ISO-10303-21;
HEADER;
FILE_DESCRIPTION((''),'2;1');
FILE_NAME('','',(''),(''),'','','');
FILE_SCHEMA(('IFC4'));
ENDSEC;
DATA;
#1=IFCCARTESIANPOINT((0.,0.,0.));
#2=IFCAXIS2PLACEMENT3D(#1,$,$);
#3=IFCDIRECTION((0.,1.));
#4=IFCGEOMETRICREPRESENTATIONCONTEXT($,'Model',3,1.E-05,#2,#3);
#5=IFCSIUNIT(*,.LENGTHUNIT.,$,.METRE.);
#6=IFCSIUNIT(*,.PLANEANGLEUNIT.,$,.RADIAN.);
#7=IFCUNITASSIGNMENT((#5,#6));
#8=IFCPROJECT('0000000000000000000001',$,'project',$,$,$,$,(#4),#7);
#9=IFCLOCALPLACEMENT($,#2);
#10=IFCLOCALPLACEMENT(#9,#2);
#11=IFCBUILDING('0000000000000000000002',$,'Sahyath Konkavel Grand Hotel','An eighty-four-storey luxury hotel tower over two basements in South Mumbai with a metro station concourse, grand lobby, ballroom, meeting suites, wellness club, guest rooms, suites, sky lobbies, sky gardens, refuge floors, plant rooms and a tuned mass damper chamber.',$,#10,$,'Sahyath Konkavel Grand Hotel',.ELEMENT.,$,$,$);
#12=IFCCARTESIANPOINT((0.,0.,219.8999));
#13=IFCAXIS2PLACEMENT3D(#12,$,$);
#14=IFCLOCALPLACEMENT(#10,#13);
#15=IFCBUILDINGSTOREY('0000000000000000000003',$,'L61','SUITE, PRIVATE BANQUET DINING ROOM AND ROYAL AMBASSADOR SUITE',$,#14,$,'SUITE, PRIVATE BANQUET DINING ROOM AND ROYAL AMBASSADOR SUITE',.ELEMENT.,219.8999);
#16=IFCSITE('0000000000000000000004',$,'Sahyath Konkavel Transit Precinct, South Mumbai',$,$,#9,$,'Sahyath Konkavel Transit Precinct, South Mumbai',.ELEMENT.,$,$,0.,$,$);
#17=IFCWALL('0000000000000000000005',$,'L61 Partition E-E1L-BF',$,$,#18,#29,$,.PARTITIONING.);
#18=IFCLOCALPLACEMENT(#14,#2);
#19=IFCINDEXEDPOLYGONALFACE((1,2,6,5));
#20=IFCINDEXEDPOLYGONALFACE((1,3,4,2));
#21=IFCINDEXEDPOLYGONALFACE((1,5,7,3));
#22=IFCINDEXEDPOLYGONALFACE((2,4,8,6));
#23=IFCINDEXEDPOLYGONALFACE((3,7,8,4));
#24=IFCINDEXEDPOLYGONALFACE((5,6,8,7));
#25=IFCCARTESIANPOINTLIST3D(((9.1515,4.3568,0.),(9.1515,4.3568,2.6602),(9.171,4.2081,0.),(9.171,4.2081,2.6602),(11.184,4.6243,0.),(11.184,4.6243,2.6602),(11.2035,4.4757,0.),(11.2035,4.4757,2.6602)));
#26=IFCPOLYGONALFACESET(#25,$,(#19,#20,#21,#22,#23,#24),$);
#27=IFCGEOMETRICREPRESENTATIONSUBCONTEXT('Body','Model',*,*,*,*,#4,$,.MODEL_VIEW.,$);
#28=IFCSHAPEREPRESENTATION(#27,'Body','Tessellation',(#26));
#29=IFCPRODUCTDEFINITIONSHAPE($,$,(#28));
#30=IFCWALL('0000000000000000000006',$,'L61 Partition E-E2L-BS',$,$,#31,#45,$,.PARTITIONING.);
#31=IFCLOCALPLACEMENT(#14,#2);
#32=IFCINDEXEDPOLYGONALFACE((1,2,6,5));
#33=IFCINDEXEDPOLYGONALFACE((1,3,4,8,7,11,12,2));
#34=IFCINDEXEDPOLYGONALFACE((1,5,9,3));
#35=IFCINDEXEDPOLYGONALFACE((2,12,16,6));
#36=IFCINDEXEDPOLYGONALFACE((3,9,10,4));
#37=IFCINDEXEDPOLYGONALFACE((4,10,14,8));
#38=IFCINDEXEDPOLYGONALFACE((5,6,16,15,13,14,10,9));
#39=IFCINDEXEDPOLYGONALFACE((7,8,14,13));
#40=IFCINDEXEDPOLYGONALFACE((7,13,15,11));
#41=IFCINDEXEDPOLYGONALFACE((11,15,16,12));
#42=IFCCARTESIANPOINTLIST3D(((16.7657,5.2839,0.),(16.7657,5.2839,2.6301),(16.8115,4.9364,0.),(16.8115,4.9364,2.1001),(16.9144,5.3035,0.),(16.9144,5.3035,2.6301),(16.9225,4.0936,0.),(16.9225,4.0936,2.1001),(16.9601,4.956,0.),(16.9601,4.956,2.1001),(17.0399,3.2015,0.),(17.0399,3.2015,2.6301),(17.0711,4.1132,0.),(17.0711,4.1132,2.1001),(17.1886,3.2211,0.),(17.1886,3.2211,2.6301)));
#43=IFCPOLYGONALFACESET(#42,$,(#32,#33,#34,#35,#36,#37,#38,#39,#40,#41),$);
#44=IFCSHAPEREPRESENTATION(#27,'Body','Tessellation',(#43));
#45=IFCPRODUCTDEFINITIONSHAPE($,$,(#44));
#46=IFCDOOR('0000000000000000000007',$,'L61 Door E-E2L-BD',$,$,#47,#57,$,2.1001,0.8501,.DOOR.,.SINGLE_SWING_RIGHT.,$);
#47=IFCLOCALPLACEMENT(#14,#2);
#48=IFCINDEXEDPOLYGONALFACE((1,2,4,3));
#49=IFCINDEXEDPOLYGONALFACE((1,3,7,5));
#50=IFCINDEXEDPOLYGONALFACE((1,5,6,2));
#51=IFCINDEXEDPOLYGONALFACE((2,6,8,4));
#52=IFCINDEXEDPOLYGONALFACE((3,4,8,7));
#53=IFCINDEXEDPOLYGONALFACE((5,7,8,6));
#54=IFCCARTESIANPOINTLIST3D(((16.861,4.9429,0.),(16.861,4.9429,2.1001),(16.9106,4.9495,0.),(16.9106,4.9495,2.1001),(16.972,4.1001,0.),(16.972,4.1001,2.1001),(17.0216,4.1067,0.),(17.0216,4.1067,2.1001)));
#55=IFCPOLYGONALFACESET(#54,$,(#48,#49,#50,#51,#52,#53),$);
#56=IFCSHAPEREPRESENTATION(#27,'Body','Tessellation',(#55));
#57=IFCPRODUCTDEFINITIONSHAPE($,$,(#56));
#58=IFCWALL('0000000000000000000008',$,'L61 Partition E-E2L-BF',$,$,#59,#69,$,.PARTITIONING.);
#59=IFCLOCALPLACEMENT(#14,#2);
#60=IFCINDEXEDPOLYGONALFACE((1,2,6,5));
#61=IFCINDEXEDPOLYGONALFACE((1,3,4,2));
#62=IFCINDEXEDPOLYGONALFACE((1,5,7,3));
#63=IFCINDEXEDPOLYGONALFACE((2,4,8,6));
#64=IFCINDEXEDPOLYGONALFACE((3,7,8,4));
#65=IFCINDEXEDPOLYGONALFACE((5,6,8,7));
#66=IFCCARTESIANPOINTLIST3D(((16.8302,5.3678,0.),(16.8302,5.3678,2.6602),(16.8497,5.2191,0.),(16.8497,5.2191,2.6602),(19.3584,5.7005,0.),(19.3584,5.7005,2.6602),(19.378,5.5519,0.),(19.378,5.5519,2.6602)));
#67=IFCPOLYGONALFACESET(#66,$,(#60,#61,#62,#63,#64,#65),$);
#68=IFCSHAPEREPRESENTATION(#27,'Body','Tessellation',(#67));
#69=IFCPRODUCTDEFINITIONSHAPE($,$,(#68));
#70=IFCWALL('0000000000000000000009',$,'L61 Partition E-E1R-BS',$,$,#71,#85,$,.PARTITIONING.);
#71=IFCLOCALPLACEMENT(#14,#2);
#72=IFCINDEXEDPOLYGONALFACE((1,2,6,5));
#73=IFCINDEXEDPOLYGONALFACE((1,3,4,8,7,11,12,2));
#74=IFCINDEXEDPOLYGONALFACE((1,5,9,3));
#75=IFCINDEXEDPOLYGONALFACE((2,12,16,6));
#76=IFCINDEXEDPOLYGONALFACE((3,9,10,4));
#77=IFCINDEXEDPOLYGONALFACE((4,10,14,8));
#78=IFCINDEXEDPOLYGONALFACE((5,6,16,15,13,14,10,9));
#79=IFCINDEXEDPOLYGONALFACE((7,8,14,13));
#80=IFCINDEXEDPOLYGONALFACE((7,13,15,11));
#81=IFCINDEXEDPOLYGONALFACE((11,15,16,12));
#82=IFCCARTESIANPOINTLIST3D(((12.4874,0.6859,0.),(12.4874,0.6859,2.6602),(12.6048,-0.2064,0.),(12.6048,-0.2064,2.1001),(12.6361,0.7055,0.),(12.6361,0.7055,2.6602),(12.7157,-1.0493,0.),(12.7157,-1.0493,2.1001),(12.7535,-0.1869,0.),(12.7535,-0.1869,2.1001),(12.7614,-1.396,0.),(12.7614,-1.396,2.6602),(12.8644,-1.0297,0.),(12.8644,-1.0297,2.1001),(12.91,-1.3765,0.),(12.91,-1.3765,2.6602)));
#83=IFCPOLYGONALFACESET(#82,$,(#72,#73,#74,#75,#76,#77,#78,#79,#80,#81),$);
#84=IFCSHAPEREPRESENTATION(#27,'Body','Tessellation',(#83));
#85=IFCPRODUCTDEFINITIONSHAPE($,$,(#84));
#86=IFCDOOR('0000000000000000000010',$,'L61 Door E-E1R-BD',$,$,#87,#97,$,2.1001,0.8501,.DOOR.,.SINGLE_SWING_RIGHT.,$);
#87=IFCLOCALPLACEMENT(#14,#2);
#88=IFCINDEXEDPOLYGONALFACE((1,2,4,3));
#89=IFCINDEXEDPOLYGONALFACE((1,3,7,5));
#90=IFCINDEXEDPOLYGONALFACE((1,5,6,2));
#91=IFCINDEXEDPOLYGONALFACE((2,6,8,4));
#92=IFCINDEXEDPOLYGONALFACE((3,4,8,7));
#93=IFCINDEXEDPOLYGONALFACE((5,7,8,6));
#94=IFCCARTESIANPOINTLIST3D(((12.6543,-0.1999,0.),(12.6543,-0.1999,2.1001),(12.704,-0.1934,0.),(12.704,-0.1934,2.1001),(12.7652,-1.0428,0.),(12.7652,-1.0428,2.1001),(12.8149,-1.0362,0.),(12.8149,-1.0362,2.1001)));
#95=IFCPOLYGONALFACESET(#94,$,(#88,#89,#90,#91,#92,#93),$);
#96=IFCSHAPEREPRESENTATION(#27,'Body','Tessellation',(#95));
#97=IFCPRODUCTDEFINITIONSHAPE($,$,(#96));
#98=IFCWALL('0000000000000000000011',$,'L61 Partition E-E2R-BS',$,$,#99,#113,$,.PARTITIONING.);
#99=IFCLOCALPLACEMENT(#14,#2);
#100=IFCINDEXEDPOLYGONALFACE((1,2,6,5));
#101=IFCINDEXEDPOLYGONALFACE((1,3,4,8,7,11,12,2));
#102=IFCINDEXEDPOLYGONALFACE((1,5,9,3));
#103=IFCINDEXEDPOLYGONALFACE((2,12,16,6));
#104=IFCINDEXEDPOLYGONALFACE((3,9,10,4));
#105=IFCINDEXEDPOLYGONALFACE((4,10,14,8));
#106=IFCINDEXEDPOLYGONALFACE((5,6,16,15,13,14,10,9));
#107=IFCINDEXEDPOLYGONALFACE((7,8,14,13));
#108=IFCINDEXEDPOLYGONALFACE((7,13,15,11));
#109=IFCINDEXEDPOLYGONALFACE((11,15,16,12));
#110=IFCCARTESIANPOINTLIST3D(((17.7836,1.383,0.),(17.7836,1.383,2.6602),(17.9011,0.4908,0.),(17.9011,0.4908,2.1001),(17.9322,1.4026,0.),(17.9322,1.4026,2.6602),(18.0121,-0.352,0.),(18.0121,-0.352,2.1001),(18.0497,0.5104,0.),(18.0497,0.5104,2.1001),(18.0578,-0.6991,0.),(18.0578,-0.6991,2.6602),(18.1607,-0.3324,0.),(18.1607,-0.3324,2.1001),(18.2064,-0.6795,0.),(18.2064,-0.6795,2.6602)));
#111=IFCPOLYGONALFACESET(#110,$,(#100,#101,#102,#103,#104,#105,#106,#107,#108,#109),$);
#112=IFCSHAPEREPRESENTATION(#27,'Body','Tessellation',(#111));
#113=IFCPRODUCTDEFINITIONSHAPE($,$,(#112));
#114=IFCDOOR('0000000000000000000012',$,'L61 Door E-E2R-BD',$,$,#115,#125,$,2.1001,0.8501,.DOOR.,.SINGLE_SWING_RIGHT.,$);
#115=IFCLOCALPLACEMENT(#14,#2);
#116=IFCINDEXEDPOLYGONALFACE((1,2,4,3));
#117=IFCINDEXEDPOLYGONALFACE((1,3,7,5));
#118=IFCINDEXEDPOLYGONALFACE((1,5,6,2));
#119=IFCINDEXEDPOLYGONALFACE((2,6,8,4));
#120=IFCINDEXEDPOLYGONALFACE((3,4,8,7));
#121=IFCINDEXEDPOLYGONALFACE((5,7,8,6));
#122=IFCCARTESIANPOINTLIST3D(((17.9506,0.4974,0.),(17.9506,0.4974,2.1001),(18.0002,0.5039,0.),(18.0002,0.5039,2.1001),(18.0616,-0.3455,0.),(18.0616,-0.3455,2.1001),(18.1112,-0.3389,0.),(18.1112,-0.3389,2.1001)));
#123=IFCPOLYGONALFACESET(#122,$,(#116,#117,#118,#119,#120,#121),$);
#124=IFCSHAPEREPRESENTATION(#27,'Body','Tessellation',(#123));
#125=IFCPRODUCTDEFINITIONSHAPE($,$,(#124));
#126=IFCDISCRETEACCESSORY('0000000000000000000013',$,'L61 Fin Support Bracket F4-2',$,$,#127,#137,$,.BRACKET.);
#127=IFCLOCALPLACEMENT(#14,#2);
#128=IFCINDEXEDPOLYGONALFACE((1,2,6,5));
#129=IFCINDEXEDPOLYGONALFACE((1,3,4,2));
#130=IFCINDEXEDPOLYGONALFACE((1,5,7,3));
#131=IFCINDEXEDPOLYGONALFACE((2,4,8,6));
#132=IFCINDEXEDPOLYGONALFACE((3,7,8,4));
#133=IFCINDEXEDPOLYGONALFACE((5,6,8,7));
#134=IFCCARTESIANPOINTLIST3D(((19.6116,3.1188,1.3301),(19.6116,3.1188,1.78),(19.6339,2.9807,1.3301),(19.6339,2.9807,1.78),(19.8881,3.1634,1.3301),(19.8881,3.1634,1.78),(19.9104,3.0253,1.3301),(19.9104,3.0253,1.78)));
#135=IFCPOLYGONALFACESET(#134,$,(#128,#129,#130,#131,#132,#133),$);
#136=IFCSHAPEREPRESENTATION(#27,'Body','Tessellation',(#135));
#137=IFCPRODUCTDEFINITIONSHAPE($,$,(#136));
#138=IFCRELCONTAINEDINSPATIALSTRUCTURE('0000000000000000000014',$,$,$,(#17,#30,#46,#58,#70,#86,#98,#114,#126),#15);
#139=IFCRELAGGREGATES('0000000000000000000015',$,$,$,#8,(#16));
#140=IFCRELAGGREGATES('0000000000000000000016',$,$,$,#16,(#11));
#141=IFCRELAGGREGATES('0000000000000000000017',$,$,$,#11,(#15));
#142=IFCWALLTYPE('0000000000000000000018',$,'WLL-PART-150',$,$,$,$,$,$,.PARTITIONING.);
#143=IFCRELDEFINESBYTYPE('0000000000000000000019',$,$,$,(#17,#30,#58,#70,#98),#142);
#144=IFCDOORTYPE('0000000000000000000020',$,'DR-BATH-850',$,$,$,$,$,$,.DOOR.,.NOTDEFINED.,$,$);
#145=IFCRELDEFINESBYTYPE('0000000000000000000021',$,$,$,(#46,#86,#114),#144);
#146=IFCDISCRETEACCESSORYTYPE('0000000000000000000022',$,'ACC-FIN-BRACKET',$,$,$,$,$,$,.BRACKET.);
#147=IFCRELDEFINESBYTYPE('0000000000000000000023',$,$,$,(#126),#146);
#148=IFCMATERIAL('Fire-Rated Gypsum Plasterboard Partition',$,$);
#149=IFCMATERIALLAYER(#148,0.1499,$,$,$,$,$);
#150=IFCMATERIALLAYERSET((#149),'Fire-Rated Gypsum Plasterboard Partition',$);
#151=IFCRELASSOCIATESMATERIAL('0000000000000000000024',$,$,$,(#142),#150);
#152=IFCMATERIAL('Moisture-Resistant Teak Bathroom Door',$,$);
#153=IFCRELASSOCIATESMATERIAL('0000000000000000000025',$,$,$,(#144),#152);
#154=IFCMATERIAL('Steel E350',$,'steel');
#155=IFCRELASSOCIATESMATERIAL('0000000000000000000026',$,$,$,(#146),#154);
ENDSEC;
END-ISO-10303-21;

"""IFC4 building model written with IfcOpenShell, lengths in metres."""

from ifc_helpers import new_model, si_unit, direction, frame, frame_2d, origin, origin_2d, place, context, subcontext, project, spatial, rectangle, extrude, source, transform, mapped, material, layer, layer_set, type_object, element, fill, save


model = new_model("IFC4")

# Units and contexts
model_context = context("Model", 3, precision=1e-05, world=origin(), true_north=direction((0.0, 1.0)))
body_context = subcontext(model_context, "Body", "Model", "MODEL_VIEW")
ifc_project = project(units=[si_unit("LENGTHUNIT", "METRE"), si_unit("PLANEANGLEUNIT", "RADIAN")], contexts=[model_context])

# Site, building, storey
site_placement = place(None, origin())
site = spatial("IfcSite", under=ifc_project, at=site_placement, Name="Sahyath Konkavel Transit Precinct, South Mumbai", LongName="Sahyath Konkavel Transit Precinct, South Mumbai", CompositionType="ELEMENT", RefElevation=0.0)
building_placement = place(site_placement, origin())
building = spatial("IfcBuilding", under=site, at=building_placement, Name="Sahyath Konkavel Grand Hotel", Description="An eighty-four-storey luxury hotel tower over two basements in South Mumbai with a metro station concourse, grand lobby, ballroom, meeting suites, wellness club, guest rooms, suites, sky lobbies, sky gardens, refuge floors, plant rooms and a tuned mass damper chamber.", LongName="Sahyath Konkavel Grand Hotel", CompositionType="ELEMENT")
storey_placement = place(building_placement, frame((0.0, 0.0, 219.8999)))
storey = spatial("IfcBuildingStorey", under=building, at=storey_placement, Name="L61", Description="SUITE, PRIVATE BANQUET DINING ROOM AND ROYAL AMBASSADOR SUITE", LongName="SUITE, PRIVATE BANQUET DINING ROOM AND ROYAL AMBASSADOR SUITE", CompositionType="ELEMENT", Elevation=219.8999)

# Shared definitions
ifc_material_1 = material(Name="Steel E350", Category="steel")

# Shared definitions
ifc_material_2 = material(Name="Fire-Rated Gypsum Plasterboard Partition")
ifc_layer_1 = layer(ifc_material_2, 0.1499)
ifc_layer_set_1 = layer_set([ifc_layer_1], Name="Fire-Rated Gypsum Plasterboard Partition")
wall_type_1 = type_object("IfcWallType", Name="WLL-PART-150", PredefinedType="PARTITIONING", material=ifc_layer_set_1)
ifc_material_3 = material(Name="Moisture-Resistant Teak Bathroom Door")
door_type = type_object("IfcDoorType", Name="DR-BATH-850", OperationType="NOTDEFINED", PredefinedType="DOOR", material=ifc_material_3)
shared_shape_1 = source(origin(), body_context, "Body", "SweptSolid", [
    extrude(rectangle(XDim=0.8501, YDim=0.05, at=origin_2d()), origin(), (0.0, 0.0, 1.0), 2.1001),
])

# Wall
wall_1_placement = place(storey_placement, frame((9.1614, 4.2825, 0.0), z_axis=(0.0, 0.0, 1.0), x_axis=(0.991445, 0.130525, 0.0)))
element("IfcWall", 1, at=wall_1_placement, inside=storey, type_object=wall_type_1, Name="L61 Partition E-E1L-BF", PredefinedType="PARTITIONING", context=body_context, shape_type="SweptSolid", body=[
    extrude(rectangle(XDim=2.05, YDim=0.1499, at=frame_2d((1.0249, 0.0))), origin(), (0.0, 0.0, 1.0), 2.6602),
])

# Wall, opening, door
wall_2_placement = place(storey_placement, frame((17.1143, 3.2112, 0.0), z_axis=(0.0, 0.0, 1.0), x_axis=(-0.130542, 0.991443, 0.0)))
wall_2 = element("IfcWall", 2, at=wall_2_placement, inside=storey, type_object=wall_type_1, Name="L61 Partition E-E2L-BS", PredefinedType="PARTITIONING", context=body_context, shape_type="SweptSolid", body=[
    extrude(rectangle(XDim=2.1003, YDim=0.1499, at=frame_2d((1.0503, 0.0))), origin(), (0.0, 0.0, 1.0), 2.6301),
])
opening_1_placement = place(wall_2_placement, frame((0.8999, 0.0, 0.0)))
opening_1 = element("IfcOpeningElement", 3, at=opening_1_placement, cuts=wall_2, PredefinedType="OPENING", context=body_context, shape_type="SweptSolid", body=[
    extrude(rectangle(XDim=0.8501, YDim=2.1001, at=frame_2d((0.425, 1.05))), frame((0.0, 0.085, 0.0), z_axis=(0.0, -1.0, 0.0), x_axis=(1.0, 0.0, 0.0)), (0.0, 0.0, 1.0), 0.1699),
])
door_1_placement = place(opening_1_placement, frame((0.425, 0.0, 0.0)))
door_1 = element("IfcDoor", 4, at=door_1_placement, inside=storey, type_object=door_type, Name="L61 Door E-E2L-BD", OperationType="SINGLE_SWING_RIGHT", OverallHeight=2.1001, OverallWidth=0.8501, PredefinedType="DOOR", context=body_context, shape_type="MappedRepresentation", body=[
    mapped(shared_shape_1, transform((0.0, 0.0, 0.0), scale=1.0)),
])
fill(opening_1, door_1)

# Wall
wall_3_placement = place(storey_placement, frame((16.8401, 5.2935, 0.0), z_axis=(0.0, 0.0, 1.0), x_axis=(0.99145, 0.130489, 0.0)))
element("IfcWall", 5, at=wall_3_placement, inside=storey, type_object=wall_type_1, Name="L61 Partition E-E2L-BF", PredefinedType="PARTITIONING", context=body_context, shape_type="SweptSolid", body=[
    extrude(rectangle(XDim=2.55, YDim=0.1499, at=frame_2d((1.2749, 0.0))), origin(), (0.0, 0.0, 1.0), 2.6602),
])

# Walls, openings, doors
wall_4_placement = place(storey_placement, frame((12.5618, 0.6956, 0.0), z_axis=(0.0, 0.0, 1.0), x_axis=(0.130442, -0.991456, 0.0)))
wall_4 = element("IfcWall", 6, at=wall_4_placement, inside=storey, type_object=wall_type_1, Name="L61 Partition E-E1R-BS", PredefinedType="PARTITIONING", context=body_context, shape_type="SweptSolid", body=[
    extrude(rectangle(XDim=2.0999, YDim=0.1499, at=frame_2d((1.0498, 0.0))), origin(), (0.0, 0.0, 1.0), 2.6602),
])
opening_2_placement = place(wall_4_placement, frame((0.8999, 0.0, 0.0)))
opening_2 = element("IfcOpeningElement", 7, at=opening_2_placement, cuts=wall_4, PredefinedType="OPENING", context=body_context, shape_type="SweptSolid", body=[
    extrude(rectangle(XDim=0.8501, YDim=2.1001, at=frame_2d((0.425, 1.05))), frame((0.0, 0.085, 0.0), z_axis=(0.0, -1.0, 0.0), x_axis=(1.0, 0.0, 0.0)), (0.0, 0.0, 1.0), 0.1699),
])
door_2_placement = place(opening_2_placement, frame((0.425, 0.0, 0.0)))
door_2 = element("IfcDoor", 8, at=door_2_placement, inside=storey, type_object=door_type, Name="L61 Door E-E1R-BD", OperationType="SINGLE_SWING_RIGHT", OverallHeight=2.1001, OverallWidth=0.8501, PredefinedType="DOOR", context=body_context, shape_type="MappedRepresentation", body=[
    mapped(shared_shape_1, transform((0.0, 0.0, 0.0), scale=1.0)),
])
fill(opening_2, door_2)
wall_5_placement = place(storey_placement, frame((17.8579, 1.3928, 0.0), z_axis=(0.0, 0.0, 1.0), x_axis=(0.130557, -0.991441, 0.0)))
wall_5 = element("IfcWall", 9, at=wall_5_placement, inside=storey, type_object=wall_type_1, Name="L61 Partition E-E2R-BS", PredefinedType="PARTITIONING", context=body_context, shape_type="SweptSolid", body=[
    extrude(rectangle(XDim=2.1001, YDim=0.1499, at=frame_2d((1.05, 0.0))), origin(), (0.0, 0.0, 1.0), 2.6602),
])
opening_3_placement = place(wall_5_placement, frame((0.8999, 0.0, 0.0)))
opening_3 = element("IfcOpeningElement", 10, at=opening_3_placement, cuts=wall_5, PredefinedType="OPENING", context=body_context, shape_type="SweptSolid", body=[
    extrude(rectangle(XDim=0.8501, YDim=2.1001, at=frame_2d((0.425, 1.05))), frame((0.0, 0.085, 0.0), z_axis=(0.0, -1.0, 0.0), x_axis=(1.0, 0.0, 0.0)), (0.0, 0.0, 1.0), 0.1699),
])
door_3_placement = place(opening_3_placement, frame((0.425, 0.0, 0.0)))
door_3 = element("IfcDoor", 11, at=door_3_placement, inside=storey, type_object=door_type, Name="L61 Door E-E2R-BD", OperationType="SINGLE_SWING_RIGHT", OverallHeight=2.1001, OverallWidth=0.8501, PredefinedType="DOOR", context=body_context, shape_type="MappedRepresentation", body=[
    mapped(shared_shape_1, transform((0.0, 0.0, 0.0), scale=1.0)),
])
fill(opening_3, door_3)

# Discrete accessory
discrete_accessory_type = type_object("IfcDiscreteAccessoryType", Name="ACC-FIN-BRACKET", PredefinedType="BRACKET", material=ifc_material_1)
shared_shape_2 = source(origin(), body_context, "Body", "SweptSolid", [
    extrude(rectangle(XDim=0.28, YDim=0.1399, at=origin_2d()), origin(), (0.0, 0.0, 1.0), 0.45),
])
discrete_accessory_placement = place(storey_placement, frame((19.761, 3.072, 1.3301), z_axis=(0.0, 0.0, 1.0), x_axis=(0.987228, 0.159313, 0.0)))
element("IfcDiscreteAccessory", 12, at=discrete_accessory_placement, inside=storey, type_object=discrete_accessory_type, Name="L61 Fin Support Bracket F4-2", PredefinedType="BRACKET", context=body_context, shape_type="MappedRepresentation", body=[
    mapped(shared_shape_2, transform((0.0, 0.0, 0.0), scale=1.0)),
])

save(model, "model.ifc")
